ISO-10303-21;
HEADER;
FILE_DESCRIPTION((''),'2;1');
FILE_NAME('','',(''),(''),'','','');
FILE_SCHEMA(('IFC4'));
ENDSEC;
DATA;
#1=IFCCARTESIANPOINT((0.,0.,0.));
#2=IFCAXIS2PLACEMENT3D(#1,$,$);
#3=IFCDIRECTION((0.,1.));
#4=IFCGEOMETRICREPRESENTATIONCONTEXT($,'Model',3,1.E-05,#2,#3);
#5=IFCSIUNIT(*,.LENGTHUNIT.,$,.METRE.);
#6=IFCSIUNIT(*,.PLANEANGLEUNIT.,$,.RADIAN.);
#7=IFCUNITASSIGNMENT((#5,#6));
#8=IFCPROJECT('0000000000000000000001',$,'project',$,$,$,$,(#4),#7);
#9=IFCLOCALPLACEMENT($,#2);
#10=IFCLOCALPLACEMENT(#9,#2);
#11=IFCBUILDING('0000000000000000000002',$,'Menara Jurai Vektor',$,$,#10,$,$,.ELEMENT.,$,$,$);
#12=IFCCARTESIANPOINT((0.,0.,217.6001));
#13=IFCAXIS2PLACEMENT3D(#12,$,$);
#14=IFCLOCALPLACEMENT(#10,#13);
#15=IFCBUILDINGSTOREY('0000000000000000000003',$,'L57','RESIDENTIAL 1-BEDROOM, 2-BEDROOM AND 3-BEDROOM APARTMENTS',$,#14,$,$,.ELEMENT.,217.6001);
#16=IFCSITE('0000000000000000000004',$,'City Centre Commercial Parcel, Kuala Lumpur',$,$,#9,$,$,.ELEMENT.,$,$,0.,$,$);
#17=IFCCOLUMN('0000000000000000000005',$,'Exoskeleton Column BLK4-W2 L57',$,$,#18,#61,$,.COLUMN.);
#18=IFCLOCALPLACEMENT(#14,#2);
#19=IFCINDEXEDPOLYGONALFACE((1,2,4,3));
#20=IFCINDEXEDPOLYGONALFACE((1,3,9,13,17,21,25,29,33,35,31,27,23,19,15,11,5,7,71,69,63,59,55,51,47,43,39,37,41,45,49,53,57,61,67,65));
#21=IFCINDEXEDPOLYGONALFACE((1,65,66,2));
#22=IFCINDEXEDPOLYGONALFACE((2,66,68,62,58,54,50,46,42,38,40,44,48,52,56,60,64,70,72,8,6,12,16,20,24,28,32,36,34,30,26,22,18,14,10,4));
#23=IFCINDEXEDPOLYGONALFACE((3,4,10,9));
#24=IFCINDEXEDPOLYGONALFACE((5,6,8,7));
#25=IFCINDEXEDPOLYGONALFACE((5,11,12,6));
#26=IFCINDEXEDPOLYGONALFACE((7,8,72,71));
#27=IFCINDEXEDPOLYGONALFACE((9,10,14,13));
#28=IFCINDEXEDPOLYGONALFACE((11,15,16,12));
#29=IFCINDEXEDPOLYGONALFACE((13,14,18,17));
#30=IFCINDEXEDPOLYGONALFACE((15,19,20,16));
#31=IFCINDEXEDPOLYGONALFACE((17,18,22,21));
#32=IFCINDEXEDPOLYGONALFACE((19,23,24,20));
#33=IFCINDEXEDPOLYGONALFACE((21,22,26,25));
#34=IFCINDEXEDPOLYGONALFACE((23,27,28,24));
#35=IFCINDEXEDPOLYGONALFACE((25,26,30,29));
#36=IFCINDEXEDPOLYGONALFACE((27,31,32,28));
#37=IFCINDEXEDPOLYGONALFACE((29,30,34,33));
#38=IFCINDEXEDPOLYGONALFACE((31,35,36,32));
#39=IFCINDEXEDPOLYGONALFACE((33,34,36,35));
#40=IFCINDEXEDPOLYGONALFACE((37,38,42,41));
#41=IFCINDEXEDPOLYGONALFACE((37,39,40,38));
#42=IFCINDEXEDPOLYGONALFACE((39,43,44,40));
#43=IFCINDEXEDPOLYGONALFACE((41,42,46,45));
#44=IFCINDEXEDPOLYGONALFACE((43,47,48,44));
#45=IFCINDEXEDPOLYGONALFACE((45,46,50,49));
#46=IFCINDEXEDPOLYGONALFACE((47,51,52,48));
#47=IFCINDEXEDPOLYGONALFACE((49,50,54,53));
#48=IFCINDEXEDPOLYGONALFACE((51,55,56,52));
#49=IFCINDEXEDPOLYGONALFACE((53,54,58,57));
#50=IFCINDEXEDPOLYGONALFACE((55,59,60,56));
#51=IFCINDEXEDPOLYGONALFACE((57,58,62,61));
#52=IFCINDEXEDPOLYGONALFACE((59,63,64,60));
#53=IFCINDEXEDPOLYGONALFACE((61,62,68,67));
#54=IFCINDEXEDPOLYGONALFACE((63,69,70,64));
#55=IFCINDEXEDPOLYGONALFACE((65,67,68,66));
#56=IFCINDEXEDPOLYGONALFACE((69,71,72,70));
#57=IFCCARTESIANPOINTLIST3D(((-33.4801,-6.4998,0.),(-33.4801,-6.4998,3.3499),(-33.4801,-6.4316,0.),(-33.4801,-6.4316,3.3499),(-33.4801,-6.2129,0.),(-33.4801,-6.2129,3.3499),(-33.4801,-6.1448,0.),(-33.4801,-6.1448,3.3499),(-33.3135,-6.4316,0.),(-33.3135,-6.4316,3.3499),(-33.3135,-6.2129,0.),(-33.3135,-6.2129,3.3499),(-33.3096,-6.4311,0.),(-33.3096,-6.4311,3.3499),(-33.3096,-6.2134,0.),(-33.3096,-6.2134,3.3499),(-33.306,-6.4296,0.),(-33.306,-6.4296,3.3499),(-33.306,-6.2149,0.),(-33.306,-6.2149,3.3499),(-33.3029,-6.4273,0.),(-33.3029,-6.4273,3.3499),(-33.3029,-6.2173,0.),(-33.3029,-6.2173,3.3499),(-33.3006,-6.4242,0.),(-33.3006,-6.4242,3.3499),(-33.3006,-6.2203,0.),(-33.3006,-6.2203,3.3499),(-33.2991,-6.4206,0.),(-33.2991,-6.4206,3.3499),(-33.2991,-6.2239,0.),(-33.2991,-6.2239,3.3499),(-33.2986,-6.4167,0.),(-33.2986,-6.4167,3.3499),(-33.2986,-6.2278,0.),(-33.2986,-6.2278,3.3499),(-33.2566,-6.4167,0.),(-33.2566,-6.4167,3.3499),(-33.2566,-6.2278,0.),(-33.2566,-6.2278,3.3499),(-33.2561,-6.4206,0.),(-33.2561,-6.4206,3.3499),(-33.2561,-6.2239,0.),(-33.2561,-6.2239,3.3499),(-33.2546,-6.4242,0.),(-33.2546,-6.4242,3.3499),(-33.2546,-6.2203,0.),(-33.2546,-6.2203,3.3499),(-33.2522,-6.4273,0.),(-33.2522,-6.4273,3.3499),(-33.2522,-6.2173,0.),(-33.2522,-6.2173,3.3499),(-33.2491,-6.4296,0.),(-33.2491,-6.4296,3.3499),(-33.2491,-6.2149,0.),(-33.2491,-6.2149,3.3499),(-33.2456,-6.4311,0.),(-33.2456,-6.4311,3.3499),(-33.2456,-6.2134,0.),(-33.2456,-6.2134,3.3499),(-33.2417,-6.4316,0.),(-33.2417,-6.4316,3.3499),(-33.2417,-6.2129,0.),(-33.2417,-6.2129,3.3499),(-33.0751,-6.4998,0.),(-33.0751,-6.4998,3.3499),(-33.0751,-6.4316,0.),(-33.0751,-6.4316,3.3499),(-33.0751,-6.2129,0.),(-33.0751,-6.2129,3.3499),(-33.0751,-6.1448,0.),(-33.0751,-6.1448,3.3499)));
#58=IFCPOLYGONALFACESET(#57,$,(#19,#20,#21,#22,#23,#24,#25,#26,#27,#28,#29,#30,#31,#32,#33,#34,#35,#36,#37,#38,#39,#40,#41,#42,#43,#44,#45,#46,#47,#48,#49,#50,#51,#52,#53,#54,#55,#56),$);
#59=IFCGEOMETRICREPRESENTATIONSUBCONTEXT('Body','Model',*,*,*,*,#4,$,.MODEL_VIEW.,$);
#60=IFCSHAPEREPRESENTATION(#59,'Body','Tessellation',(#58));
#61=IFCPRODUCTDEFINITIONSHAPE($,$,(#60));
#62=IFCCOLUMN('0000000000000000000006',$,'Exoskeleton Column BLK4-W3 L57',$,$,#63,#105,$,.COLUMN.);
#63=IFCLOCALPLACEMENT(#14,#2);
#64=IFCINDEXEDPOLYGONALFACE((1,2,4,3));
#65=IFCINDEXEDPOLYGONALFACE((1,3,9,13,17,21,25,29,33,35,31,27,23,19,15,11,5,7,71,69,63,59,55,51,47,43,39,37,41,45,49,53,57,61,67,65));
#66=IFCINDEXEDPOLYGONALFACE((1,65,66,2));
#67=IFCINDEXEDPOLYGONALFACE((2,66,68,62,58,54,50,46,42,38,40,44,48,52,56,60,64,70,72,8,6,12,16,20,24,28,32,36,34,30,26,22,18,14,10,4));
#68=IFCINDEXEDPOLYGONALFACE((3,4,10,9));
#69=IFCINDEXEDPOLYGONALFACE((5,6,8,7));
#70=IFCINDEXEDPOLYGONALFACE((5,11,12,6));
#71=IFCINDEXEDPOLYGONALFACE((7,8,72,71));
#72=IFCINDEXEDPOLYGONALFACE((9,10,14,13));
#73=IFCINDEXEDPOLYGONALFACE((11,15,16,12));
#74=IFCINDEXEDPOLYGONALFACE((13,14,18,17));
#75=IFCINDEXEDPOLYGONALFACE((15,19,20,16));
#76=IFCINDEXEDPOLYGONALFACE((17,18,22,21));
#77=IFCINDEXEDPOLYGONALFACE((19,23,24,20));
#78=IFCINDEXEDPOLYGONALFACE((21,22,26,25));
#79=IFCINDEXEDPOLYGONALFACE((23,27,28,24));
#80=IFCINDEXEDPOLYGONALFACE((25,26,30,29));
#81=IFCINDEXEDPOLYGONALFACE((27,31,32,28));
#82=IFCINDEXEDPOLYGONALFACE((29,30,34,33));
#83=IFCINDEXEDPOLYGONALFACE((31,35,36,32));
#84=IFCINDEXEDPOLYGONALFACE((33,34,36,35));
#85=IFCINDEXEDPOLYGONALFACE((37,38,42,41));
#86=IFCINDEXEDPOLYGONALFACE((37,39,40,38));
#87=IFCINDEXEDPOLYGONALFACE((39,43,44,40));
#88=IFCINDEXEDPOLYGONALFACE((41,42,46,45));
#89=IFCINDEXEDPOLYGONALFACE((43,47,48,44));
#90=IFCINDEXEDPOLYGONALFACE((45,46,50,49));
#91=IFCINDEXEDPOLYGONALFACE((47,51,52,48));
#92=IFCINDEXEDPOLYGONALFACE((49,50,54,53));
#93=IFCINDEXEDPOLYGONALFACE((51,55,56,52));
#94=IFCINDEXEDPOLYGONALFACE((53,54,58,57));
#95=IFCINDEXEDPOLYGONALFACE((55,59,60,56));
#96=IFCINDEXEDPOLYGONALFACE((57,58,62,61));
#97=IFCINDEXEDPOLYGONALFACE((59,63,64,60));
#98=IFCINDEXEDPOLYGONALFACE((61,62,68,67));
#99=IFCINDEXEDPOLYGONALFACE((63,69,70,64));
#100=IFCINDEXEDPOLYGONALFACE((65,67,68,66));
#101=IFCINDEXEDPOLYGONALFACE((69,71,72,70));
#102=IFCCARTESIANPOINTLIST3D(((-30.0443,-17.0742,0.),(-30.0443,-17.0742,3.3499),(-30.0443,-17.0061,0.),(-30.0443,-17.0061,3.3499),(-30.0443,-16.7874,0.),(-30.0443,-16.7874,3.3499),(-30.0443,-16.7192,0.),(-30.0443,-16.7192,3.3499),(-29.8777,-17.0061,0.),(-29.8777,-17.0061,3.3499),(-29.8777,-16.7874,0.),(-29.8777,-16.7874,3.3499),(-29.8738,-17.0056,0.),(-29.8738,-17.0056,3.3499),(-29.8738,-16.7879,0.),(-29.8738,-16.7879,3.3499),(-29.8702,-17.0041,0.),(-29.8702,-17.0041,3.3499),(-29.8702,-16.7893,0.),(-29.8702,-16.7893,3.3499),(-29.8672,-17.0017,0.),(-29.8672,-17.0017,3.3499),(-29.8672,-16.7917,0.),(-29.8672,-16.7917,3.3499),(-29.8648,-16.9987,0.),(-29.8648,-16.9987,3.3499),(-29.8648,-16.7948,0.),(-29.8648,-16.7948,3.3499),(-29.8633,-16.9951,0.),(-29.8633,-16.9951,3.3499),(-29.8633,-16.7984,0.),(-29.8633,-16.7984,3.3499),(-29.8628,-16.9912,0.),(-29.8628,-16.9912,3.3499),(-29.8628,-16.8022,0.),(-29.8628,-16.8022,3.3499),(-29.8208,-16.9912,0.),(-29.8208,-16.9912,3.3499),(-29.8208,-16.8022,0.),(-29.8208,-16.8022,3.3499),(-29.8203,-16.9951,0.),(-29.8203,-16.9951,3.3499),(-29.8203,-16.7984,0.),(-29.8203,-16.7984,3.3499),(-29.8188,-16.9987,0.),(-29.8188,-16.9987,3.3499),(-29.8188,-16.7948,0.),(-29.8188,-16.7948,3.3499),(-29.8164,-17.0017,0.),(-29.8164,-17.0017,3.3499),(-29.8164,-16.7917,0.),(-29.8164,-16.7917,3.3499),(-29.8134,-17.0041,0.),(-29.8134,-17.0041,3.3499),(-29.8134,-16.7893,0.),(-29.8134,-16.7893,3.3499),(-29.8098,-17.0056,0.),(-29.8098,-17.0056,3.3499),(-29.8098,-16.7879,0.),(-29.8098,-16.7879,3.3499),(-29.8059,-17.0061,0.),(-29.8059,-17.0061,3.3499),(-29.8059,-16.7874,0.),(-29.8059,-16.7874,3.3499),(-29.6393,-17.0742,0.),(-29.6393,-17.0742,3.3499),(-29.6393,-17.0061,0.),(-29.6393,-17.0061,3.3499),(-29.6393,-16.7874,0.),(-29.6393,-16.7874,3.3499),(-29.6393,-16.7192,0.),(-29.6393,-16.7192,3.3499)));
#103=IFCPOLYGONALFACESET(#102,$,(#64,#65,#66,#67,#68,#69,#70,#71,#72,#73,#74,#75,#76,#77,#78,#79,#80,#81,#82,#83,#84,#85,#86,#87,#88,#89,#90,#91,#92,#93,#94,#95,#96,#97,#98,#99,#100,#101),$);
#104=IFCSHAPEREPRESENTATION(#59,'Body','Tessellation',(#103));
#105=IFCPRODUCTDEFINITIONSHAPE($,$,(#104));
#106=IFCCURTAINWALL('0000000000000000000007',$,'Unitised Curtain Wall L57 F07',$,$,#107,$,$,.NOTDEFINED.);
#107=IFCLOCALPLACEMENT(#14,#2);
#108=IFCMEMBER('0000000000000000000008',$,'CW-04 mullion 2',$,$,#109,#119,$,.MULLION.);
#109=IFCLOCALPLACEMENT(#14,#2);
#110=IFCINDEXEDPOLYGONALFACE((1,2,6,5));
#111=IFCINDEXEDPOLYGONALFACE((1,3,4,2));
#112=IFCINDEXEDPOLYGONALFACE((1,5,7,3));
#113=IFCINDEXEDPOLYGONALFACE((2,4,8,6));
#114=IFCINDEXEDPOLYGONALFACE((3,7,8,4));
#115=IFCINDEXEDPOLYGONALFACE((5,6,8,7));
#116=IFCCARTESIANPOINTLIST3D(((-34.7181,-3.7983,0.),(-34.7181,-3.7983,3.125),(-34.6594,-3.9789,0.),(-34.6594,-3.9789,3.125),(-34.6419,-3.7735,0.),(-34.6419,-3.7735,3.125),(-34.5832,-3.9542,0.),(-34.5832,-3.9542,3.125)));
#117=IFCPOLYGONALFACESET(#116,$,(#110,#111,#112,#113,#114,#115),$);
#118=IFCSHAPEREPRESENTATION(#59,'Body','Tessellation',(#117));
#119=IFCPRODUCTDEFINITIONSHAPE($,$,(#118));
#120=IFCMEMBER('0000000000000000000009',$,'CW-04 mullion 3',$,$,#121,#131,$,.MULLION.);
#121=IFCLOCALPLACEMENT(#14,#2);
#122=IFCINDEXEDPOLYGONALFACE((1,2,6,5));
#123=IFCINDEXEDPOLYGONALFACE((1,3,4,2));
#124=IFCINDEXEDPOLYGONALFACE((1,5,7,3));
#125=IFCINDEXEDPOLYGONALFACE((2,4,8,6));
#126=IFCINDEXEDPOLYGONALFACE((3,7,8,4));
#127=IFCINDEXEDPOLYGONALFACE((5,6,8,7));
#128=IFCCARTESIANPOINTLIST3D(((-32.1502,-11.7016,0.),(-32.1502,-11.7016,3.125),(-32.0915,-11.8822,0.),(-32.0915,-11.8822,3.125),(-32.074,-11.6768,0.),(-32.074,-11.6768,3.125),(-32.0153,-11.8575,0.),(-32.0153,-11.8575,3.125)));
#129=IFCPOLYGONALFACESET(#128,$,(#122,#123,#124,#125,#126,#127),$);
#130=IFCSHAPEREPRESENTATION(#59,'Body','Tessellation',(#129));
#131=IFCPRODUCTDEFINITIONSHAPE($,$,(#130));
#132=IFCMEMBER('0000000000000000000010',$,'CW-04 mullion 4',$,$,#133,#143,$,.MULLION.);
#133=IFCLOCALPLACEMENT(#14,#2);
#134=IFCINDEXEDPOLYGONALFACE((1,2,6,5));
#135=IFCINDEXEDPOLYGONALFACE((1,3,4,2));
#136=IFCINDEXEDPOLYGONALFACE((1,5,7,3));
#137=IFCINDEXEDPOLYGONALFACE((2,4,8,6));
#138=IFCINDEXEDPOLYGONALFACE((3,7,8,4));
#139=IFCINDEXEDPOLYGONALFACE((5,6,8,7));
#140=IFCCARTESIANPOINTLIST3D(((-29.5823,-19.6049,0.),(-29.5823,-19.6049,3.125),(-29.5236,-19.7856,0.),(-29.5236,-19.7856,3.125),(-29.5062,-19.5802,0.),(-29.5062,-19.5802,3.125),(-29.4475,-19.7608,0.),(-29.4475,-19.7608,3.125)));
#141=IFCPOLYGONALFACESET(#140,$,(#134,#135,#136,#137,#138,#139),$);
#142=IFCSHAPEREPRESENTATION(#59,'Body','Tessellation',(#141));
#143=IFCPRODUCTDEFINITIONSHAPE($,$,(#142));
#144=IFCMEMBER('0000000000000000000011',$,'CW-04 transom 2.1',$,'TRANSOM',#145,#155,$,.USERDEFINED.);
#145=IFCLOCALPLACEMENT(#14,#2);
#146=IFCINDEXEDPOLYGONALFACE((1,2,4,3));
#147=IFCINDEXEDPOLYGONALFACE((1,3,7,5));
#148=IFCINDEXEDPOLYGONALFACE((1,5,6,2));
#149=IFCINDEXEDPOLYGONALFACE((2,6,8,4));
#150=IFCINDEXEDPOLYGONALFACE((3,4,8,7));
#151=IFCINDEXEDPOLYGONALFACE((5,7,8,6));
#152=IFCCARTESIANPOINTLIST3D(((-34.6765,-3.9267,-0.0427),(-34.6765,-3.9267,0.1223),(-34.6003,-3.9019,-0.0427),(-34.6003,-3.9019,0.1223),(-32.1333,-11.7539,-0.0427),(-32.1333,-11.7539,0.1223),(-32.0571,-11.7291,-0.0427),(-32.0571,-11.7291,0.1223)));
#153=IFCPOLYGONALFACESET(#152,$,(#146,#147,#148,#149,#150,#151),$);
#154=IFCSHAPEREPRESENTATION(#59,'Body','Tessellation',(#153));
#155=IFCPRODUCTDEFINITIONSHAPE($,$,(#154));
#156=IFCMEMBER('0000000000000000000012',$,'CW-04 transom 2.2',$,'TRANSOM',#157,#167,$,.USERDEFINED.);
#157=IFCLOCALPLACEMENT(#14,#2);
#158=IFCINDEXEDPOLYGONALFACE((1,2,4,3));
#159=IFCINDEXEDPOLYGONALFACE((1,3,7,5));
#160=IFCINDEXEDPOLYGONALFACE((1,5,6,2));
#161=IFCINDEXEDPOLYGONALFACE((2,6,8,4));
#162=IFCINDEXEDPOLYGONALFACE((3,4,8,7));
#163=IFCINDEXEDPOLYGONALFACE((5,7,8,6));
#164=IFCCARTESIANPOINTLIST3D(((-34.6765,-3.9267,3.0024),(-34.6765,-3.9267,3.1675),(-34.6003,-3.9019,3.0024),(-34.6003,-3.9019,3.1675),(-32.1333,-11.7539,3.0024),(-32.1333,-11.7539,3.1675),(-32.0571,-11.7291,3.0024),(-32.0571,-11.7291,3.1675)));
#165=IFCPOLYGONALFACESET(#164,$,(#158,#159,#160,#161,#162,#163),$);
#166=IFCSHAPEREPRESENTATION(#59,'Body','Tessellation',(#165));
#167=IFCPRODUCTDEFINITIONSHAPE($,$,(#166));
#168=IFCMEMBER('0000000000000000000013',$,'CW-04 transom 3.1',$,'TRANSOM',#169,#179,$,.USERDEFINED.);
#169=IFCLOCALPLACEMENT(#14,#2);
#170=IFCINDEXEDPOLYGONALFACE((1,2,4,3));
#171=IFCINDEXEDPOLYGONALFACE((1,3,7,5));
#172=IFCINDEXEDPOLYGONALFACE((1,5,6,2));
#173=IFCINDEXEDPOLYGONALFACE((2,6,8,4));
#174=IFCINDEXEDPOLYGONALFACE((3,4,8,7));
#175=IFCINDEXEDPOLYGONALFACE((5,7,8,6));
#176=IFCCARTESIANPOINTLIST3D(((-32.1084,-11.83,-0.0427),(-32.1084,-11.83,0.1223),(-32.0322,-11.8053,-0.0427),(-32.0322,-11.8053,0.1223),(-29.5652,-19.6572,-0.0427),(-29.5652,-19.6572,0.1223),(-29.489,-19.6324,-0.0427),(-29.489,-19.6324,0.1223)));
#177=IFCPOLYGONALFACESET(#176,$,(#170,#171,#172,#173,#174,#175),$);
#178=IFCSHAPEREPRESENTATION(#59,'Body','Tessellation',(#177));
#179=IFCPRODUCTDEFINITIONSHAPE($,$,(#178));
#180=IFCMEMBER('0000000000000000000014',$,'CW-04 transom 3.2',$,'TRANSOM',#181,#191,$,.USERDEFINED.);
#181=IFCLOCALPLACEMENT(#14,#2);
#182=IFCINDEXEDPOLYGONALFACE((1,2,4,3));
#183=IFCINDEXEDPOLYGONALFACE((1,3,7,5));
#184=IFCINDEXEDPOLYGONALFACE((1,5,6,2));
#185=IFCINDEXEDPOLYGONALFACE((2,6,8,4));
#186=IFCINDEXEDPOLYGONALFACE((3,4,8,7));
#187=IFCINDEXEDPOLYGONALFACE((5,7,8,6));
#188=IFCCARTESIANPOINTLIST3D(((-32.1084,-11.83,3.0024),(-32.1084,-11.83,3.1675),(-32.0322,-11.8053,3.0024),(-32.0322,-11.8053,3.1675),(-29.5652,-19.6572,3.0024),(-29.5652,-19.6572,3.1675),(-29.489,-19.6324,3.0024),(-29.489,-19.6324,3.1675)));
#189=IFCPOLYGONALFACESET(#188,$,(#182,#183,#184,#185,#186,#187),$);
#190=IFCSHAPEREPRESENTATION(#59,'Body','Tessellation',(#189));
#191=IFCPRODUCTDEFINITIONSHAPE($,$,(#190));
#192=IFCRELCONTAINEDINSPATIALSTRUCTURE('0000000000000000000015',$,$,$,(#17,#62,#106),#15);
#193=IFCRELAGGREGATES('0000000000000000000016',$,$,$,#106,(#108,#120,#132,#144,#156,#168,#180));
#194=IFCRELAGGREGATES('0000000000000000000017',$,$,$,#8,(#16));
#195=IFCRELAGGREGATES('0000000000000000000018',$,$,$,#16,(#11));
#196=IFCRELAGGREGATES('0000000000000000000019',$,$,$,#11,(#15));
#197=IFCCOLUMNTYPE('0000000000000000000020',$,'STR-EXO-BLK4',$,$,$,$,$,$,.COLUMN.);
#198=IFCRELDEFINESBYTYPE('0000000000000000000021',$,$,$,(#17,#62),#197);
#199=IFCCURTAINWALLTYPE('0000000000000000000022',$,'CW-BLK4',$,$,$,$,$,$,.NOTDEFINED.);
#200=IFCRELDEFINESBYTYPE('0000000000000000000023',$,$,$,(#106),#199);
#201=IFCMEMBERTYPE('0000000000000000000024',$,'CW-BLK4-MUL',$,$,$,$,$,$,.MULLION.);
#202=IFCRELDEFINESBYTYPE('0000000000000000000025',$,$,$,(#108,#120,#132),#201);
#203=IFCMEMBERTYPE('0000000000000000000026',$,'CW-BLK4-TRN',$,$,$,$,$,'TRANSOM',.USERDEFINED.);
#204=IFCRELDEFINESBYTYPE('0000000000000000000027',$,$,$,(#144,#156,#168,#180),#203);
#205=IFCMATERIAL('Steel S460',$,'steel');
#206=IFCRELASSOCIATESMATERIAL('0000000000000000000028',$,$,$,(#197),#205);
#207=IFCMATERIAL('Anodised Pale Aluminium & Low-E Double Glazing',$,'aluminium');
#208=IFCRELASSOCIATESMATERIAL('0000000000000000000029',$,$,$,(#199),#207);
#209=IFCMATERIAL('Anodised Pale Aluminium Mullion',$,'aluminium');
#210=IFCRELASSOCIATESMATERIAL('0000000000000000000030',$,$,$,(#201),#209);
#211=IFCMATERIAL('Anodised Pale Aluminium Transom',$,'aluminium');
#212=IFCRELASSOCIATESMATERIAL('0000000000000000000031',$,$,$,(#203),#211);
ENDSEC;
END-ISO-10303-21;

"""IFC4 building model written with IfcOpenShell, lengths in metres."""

from ifc_helpers import new_model, si_unit, direction, frame, origin, origin_2d, place, context, subcontext, project, spatial, rectangle, i_section, extrude, material, material_profile, profile_set, type_object, element, aggregate, save


model = new_model("IFC4")

# Units and contexts
model_context = context("Model", 3, precision=1e-05, world=origin(), true_north=direction((0.0, 1.0)))
body_context = subcontext(model_context, "Body", "Model", "MODEL_VIEW")
ifc_project = project(units=[si_unit("LENGTHUNIT", "METRE"), si_unit("PLANEANGLEUNIT", "RADIAN")], contexts=[model_context])

# Site, building, storey
site_placement = place(None, origin())
site = spatial("IfcSite", under=ifc_project, at=site_placement, Name="City Centre Commercial Parcel, Kuala Lumpur", CompositionType="ELEMENT", RefElevation=0.0)
building_placement = place(site_placement, origin())
building = spatial("IfcBuilding", under=site, at=building_placement, Name="Menara Jurai Vektor", CompositionType="ELEMENT")
storey_placement = place(building_placement, frame((0.0, 0.0, 217.6001)))
storey = spatial("IfcBuildingStorey", under=building, at=storey_placement, Name="L57", Description="RESIDENTIAL 1-BEDROOM, 2-BEDROOM AND 3-BEDROOM APARTMENTS", CompositionType="ELEMENT", Elevation=217.6001)

# Columns
ifc_material_1 = material(Name="Steel S460", Category="steel")
ifc_material_profile_1 = material_profile(ifc_material_1, i_section(OverallWidth=0.405, OverallDepth=0.355, WebThickness=0.042, FlangeThickness=0.0681, FilletRadius=0.0149, at=origin_2d()), Name="HD 400x551")
ifc_profile_set_1 = profile_set([ifc_material_profile_1], Name="Steel S460")
column_type = type_object("IfcColumnType", Name="STR-EXO-BLK4", PredefinedType="COLUMN", material=ifc_profile_set_1)
for number, where, z_axis, x_axis, name in (
    (1, (-33.2776, -6.3223, 0.0), (0.0, 0.0, 1.0), (1.0, 0.0, 0.0), "Exoskeleton Column BLK4-W2 L57"),
    (2, (-29.8418, -16.8967, 0.0), (0.0, 0.0, 1.0), (1.0, 0.0, 0.0), "Exoskeleton Column BLK4-W3 L57"),
):
    element("IfcColumn", number, at=place(storey_placement, frame(where, z_axis=z_axis, x_axis=x_axis)), inside=storey, type_object=column_type, Name=name, PredefinedType="COLUMN", context=body_context, shape_type="SweptSolid", body=[
        extrude(i_section(OverallWidth=0.405, OverallDepth=0.355, WebThickness=0.042, FlangeThickness=0.0681, FilletRadius=0.0149, at=origin_2d()), origin(), (0.0, 0.0, 1.0), 3.3499),
    ])

# Curtain wall, members
ifc_material_2 = material(Name="Anodised Pale Aluminium & Low-E Double Glazing", Category="aluminium")
curtain_wall_type = type_object("IfcCurtainWallType", Name="CW-BLK4", PredefinedType="NOTDEFINED", material=ifc_material_2)
curtain_wall_placement = place(storey_placement, origin())
curtain_wall = element("IfcCurtainWall", 3, at=curtain_wall_placement, inside=storey, type_object=curtain_wall_type, Name="Unitised Curtain Wall L57 F07", PredefinedType="NOTDEFINED")
ifc_material_3 = material(Name="Anodised Pale Aluminium Mullion", Category="aluminium")
ifc_material_profile_2 = material_profile(ifc_material_3, rectangle(XDim=0.0801, YDim=0.1899, at=origin_2d()), Name="ALU MUL 80x190")
ifc_profile_set_2 = profile_set([ifc_material_profile_2], Name="Anodised Pale Aluminium Mullion")
member_type_1 = type_object("IfcMemberType", Name="CW-BLK4-MUL", PredefinedType="MULLION", material=ifc_profile_set_2)
member_1_placement = place(storey_placement, frame((-34.6506, -3.8762, 0.0), z_axis=(0.0, 0.0, 1.0), x_axis=(0.951057, 0.309016, 0.0)))
member_1 = element("IfcMember", 4, at=member_1_placement, type_object=member_type_1, Name="CW-04 mullion 2", PredefinedType="MULLION", context=body_context, shape_type="SweptSolid", body=[
    extrude(rectangle(XDim=0.0801, YDim=0.1899, at=origin_2d()), origin(), (0.0, 0.0, 1.0), 3.125),
])
member_2_placement = place(storey_placement, frame((-32.0828, -11.7795, 0.0), z_axis=(0.0, 0.0, 1.0), x_axis=(0.951057, 0.309016, 0.0)))
member_2 = element("IfcMember", 5, at=member_2_placement, type_object=member_type_1, Name="CW-04 mullion 3", PredefinedType="MULLION", context=body_context, shape_type="SweptSolid", body=[
    extrude(rectangle(XDim=0.0801, YDim=0.1899, at=origin_2d()), origin(), (0.0, 0.0, 1.0), 3.125),
])
member_3_placement = place(storey_placement, frame((-29.5149, -19.6829, 0.0), z_axis=(0.0, 0.0, 1.0), x_axis=(0.951057, 0.309016, 0.0)))
member_3 = element("IfcMember", 6, at=member_3_placement, type_object=member_type_1, Name="CW-04 mullion 4", PredefinedType="MULLION", context=body_context, shape_type="SweptSolid", body=[
    extrude(rectangle(XDim=0.0801, YDim=0.1899, at=origin_2d()), origin(), (0.0, 0.0, 1.0), 3.125),
])
ifc_material_4 = material(Name="Anodised Pale Aluminium Transom", Category="aluminium")
ifc_material_profile_3 = material_profile(ifc_material_4, rectangle(XDim=0.0801, YDim=0.165, at=origin_2d()), Name="ALU TRN 80x165")
ifc_profile_set_3 = profile_set([ifc_material_profile_3], Name="Anodised Pale Aluminium Transom")
member_type_2 = type_object("IfcMemberType", Name="CW-BLK4-TRN", ElementType="TRANSOM", PredefinedType="USERDEFINED", material=ifc_profile_set_3)
member_4_placement = place(storey_placement, frame((-34.6384, -3.9143, 0.0398), z_axis=(0.309019, -0.951056, 0.0), x_axis=(0.951056, 0.309019, 0.0)))
member_4 = element("IfcMember", 7, at=member_4_placement, type_object=member_type_2, Name="CW-04 transom 2.1", ObjectType="TRANSOM", PredefinedType="USERDEFINED", context=body_context, shape_type="SweptSolid", body=[
    extrude(rectangle(XDim=0.0801, YDim=0.165, at=origin_2d()), origin(), (0.0, 0.0, 1.0), 8.23),
])
member_5_placement = place(storey_placement, frame((-34.6384, -3.9143, 3.085), z_axis=(0.309019, -0.951056, 0.0), x_axis=(0.951056, 0.309019, 0.0)))
member_5 = element("IfcMember", 8, at=member_5_placement, type_object=member_type_2, Name="CW-04 transom 2.2", ObjectType="TRANSOM", PredefinedType="USERDEFINED", context=body_context, shape_type="SweptSolid", body=[
    extrude(rectangle(XDim=0.0801, YDim=0.165, at=origin_2d()), origin(), (0.0, 0.0, 1.0), 8.23),
])
member_6_placement = place(storey_placement, frame((-32.0703, -11.8176, 0.0398), z_axis=(0.309019, -0.951056, 0.0), x_axis=(0.951056, 0.309019, 0.0)))
member_6 = element("IfcMember", 9, at=member_6_placement, type_object=member_type_2, Name="CW-04 transom 3.1", ObjectType="TRANSOM", PredefinedType="USERDEFINED", context=body_context, shape_type="SweptSolid", body=[
    extrude(rectangle(XDim=0.0801, YDim=0.165, at=origin_2d()), origin(), (0.0, 0.0, 1.0), 8.23),
])
member_7_placement = place(storey_placement, frame((-32.0703, -11.8176, 3.085), z_axis=(0.309019, -0.951056, 0.0), x_axis=(0.951056, 0.309019, 0.0)))
member_7 = element("IfcMember", 10, at=member_7_placement, type_object=member_type_2, Name="CW-04 transom 3.2", ObjectType="TRANSOM", PredefinedType="USERDEFINED", context=body_context, shape_type="SweptSolid", body=[
    extrude(rectangle(XDim=0.0801, YDim=0.165, at=origin_2d()), origin(), (0.0, 0.0, 1.0), 8.23),
])

aggregate(curtain_wall, [member_1, member_2, member_3, member_4, member_5, member_6, member_7])

save(model, "model.ifc")
